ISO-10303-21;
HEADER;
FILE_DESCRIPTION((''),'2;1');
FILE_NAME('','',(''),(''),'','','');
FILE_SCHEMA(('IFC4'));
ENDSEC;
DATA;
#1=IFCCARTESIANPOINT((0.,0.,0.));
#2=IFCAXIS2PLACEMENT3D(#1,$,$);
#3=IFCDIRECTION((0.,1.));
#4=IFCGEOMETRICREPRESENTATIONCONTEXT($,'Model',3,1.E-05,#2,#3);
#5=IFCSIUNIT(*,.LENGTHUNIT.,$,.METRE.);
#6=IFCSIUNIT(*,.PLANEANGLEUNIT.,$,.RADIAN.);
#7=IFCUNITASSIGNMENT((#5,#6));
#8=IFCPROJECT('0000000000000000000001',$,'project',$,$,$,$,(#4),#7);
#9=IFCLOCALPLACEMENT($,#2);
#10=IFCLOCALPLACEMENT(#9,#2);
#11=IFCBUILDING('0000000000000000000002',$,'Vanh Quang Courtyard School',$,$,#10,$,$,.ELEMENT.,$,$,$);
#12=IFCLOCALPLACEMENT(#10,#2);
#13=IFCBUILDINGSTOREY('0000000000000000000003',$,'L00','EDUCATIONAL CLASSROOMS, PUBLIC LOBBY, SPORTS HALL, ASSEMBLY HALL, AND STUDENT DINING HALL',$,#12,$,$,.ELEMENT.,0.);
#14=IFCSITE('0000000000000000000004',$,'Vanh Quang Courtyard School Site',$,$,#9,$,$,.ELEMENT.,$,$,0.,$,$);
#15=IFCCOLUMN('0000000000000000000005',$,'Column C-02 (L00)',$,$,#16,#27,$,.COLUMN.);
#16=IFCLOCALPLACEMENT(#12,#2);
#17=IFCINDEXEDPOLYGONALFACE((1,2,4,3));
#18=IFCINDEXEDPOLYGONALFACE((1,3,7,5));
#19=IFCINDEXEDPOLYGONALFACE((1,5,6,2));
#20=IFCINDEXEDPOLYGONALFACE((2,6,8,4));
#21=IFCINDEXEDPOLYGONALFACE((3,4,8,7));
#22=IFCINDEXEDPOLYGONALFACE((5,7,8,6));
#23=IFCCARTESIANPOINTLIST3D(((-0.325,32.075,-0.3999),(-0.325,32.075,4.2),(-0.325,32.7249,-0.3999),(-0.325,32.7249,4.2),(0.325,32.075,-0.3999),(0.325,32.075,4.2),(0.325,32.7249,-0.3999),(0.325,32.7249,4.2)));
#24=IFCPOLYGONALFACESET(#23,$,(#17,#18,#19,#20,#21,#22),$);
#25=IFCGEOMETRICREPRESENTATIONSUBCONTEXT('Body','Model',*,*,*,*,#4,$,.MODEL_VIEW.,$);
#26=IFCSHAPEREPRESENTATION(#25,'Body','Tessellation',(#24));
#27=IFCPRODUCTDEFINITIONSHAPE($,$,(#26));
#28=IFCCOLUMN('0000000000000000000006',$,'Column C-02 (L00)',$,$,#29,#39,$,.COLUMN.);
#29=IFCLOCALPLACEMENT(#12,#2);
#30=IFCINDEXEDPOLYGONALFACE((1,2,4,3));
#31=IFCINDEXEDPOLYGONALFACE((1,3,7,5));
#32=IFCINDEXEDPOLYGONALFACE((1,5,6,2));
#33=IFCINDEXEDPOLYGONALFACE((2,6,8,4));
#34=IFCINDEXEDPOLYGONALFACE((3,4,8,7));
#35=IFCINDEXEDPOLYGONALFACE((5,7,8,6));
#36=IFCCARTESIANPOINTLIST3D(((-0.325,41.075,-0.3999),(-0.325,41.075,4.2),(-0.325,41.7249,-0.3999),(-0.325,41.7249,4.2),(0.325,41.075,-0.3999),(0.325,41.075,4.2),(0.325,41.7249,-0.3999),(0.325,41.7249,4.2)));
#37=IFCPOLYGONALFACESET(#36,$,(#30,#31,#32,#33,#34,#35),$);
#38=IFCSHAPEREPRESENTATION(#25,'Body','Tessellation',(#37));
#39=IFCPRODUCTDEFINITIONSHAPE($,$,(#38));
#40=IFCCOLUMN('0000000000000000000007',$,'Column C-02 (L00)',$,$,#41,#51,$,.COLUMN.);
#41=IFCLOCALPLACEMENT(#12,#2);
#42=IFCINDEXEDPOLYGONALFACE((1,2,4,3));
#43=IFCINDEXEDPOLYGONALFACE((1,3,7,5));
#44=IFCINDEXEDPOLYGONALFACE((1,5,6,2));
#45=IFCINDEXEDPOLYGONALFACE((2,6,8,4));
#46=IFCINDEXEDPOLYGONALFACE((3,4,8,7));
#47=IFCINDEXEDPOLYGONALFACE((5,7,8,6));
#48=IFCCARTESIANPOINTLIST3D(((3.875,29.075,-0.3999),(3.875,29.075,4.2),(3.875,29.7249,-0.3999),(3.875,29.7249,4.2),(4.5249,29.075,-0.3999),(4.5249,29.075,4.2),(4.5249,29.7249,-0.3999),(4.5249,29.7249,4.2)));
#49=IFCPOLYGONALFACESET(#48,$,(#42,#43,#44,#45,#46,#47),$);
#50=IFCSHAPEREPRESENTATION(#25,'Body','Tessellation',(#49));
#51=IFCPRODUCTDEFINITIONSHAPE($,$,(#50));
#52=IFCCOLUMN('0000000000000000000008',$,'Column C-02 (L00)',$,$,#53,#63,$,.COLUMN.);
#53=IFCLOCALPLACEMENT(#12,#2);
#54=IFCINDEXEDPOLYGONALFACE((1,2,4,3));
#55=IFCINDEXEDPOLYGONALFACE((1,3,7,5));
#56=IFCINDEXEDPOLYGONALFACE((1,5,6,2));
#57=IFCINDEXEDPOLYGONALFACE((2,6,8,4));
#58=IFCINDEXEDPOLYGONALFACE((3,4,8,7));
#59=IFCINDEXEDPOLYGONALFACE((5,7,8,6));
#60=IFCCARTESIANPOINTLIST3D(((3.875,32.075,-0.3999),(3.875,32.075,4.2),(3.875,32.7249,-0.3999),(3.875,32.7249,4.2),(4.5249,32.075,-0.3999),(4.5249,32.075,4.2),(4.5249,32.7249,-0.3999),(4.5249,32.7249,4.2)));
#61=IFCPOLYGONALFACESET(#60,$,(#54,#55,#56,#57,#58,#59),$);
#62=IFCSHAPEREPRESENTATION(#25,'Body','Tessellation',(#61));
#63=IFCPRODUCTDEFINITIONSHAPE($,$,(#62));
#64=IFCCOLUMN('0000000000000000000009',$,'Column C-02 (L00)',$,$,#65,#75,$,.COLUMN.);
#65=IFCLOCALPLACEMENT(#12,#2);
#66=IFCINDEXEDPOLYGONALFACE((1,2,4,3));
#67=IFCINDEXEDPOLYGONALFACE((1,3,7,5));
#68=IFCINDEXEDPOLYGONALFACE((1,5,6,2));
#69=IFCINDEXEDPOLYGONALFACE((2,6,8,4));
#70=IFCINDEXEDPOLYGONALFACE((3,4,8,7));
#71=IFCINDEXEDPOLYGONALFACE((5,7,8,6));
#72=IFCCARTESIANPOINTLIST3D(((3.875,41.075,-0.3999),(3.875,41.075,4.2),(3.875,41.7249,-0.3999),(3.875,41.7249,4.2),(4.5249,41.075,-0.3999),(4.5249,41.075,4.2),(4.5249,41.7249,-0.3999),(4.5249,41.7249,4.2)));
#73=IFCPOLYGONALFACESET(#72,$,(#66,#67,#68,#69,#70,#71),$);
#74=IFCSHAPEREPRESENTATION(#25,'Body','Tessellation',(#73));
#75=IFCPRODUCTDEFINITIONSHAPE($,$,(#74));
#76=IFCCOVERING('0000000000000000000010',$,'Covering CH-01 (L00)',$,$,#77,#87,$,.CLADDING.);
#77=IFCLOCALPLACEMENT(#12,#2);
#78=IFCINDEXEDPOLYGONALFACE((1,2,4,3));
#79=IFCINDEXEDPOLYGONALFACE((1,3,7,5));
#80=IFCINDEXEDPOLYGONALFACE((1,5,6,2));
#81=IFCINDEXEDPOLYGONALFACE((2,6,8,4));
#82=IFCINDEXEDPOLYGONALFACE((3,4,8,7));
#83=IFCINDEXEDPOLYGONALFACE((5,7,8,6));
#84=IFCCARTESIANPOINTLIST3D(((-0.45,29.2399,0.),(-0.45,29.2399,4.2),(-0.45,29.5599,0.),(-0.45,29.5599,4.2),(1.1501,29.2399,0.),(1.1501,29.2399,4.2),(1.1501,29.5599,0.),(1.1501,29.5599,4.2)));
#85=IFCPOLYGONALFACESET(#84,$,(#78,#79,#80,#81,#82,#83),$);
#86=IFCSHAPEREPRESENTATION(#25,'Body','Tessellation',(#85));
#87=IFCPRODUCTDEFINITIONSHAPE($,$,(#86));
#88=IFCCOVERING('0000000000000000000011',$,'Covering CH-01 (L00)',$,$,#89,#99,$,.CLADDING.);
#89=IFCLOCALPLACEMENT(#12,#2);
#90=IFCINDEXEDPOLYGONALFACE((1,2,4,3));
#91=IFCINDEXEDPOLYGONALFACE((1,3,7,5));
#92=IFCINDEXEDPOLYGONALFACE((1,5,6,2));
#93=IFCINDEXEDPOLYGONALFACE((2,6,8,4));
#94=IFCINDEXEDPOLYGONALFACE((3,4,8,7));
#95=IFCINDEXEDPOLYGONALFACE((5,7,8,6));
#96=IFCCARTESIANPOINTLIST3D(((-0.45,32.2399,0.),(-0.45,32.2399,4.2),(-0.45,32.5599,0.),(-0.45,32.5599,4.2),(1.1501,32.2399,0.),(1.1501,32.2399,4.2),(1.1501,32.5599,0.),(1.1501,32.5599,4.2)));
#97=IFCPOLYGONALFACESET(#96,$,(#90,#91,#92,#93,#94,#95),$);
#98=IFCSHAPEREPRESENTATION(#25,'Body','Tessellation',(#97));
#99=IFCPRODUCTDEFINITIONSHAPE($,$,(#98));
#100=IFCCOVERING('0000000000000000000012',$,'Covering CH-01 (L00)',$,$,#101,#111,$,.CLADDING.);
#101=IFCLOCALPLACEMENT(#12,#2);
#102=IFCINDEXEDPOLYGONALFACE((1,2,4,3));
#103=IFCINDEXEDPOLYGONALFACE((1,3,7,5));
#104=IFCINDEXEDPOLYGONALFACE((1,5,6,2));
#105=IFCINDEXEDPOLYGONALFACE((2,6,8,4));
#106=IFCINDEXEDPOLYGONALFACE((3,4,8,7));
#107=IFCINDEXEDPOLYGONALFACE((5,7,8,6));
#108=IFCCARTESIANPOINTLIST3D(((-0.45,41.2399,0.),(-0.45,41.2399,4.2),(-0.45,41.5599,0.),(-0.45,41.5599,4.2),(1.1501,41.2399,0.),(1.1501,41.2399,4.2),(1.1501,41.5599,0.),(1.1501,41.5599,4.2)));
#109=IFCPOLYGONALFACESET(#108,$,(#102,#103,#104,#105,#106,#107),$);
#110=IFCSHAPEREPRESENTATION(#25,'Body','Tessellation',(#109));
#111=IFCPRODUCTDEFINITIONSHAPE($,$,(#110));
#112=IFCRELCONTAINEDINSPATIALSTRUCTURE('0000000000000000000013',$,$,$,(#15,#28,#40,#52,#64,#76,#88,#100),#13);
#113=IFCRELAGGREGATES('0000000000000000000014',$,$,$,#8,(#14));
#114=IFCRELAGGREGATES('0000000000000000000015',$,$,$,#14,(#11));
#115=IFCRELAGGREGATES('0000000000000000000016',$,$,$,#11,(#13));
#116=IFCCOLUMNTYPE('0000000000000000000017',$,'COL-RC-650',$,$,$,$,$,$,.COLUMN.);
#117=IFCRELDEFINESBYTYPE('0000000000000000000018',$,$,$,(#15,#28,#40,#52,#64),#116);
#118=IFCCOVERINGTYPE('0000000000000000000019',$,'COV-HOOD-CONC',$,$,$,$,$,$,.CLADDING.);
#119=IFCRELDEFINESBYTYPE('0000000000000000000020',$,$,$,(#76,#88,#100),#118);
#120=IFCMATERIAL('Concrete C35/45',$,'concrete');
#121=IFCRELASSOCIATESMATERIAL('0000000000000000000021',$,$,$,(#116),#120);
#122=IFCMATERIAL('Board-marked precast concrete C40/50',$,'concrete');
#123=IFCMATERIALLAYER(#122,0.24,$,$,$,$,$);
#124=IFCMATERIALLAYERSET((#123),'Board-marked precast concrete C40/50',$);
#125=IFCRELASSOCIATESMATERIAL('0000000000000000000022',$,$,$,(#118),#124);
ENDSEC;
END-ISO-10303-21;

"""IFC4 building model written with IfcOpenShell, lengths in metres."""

from ifc_helpers import new_model, si_unit, direction, frame, origin, origin_2d, place, context, subcontext, project, spatial, rectangle, extrude, material, layer, layer_set, material_profile, profile_set, type_object, element, save


model = new_model("IFC4")

# Units and contexts
model_context = context("Model", 3, precision=1e-05, world=origin(), true_north=direction((0.0, 1.0)))
body_context = subcontext(model_context, "Body", "Model", "MODEL_VIEW")
ifc_project = project(units=[si_unit("LENGTHUNIT", "METRE"), si_unit("PLANEANGLEUNIT", "RADIAN")], contexts=[model_context])

# Site, building, storey
site_placement = place(None, origin())
site = spatial("IfcSite", under=ifc_project, at=site_placement, Name="Vanh Quang Courtyard School Site", CompositionType="ELEMENT", RefElevation=0.0)
building_placement = place(site_placement, origin())
building = spatial("IfcBuilding", under=site, at=building_placement, Name="Vanh Quang Courtyard School", CompositionType="ELEMENT")
storey_placement = place(building_placement, origin())
storey = spatial("IfcBuildingStorey", under=building, at=storey_placement, Name="L00", Description="EDUCATIONAL CLASSROOMS, PUBLIC LOBBY, SPORTS HALL, ASSEMBLY HALL, AND STUDENT DINING HALL", CompositionType="ELEMENT", Elevation=0.0)

# Shared definitions
ifc_material_1 = material(Name="Concrete C35/45", Category="concrete")

# Columns
ifc_material_profile_1 = material_profile(ifc_material_1, rectangle(XDim=0.6499, YDim=0.6499, at=origin_2d()), Name="RC-COL 650x650")
ifc_profile_set_1 = profile_set([ifc_material_profile_1], Name="Concrete C35/45")
column_type = type_object("IfcColumnType", Name="COL-RC-650", PredefinedType="COLUMN", material=ifc_profile_set_1)
for number, where, z_axis, x_axis, name in (
    (1, (0.0, 32.3999, -0.3999), (0.0, 0.0, 1.0), (1.0, 0.0, 0.0), "Column C-02 (L00)"),
    (2, (0.0, 41.3999, -0.3999), (0.0, 0.0, 1.0), (1.0, 0.0, 0.0), "Column C-02 (L00)"),
    (3, (4.2, 29.3999, -0.3999), (0.0, 0.0, 1.0), (1.0, 0.0, 0.0), "Column C-02 (L00)"),
    (4, (4.2, 32.3999, -0.3999), (0.0, 0.0, 1.0), (1.0, 0.0, 0.0), "Column C-02 (L00)"),
    (5, (4.2, 41.3999, -0.3999), (0.0, 0.0, 1.0), (1.0, 0.0, 0.0), "Column C-02 (L00)"),
):
    element("IfcColumn", number, at=place(storey_placement, frame(where, z_axis=z_axis, x_axis=x_axis)), inside=storey, type_object=column_type, Name=name, PredefinedType="COLUMN", context=body_context, shape_type="SweptSolid", body=[
        extrude(rectangle(XDim=0.6499, YDim=0.6499, at=origin_2d()), origin(), (0.0, 0.0, 1.0), 4.5999),
    ])

# Coverings
ifc_material_2 = material(Name="Board-marked precast concrete C40/50", Category="concrete")
ifc_layer = layer(ifc_material_2, 0.24)
ifc_layer_set = layer_set([ifc_layer], Name="Board-marked precast concrete C40/50")
covering_type = type_object("IfcCoveringType", Name="COV-HOOD-CONC", PredefinedType="CLADDING", material=ifc_layer_set)
for number, where, z_axis, x_axis, name in (
    (6, (0.3501, 29.3999, 0.0), (0.0, 0.0, 1.0), (1.0, 0.0, 0.0), "Covering CH-01 (L00)"),
    (7, (0.3501, 32.3999, 0.0), (0.0, 0.0, 1.0), (1.0, 0.0, 0.0), "Covering CH-01 (L00)"),
    (8, (0.3501, 41.3999, 0.0), (0.0, 0.0, 1.0), (1.0, 0.0, 0.0), "Covering CH-01 (L00)"),
):
    element("IfcCovering", number, at=place(storey_placement, frame(where, z_axis=z_axis, x_axis=x_axis)), inside=storey, type_object=covering_type, Name=name, PredefinedType="CLADDING", context=body_context, shape_type="SweptSolid", body=[
        extrude(rectangle(XDim=1.6001, YDim=0.3201, at=origin_2d()), origin(), (0.0, 0.0, 1.0), 4.2),
    ])

save(model, "model.ifc")
